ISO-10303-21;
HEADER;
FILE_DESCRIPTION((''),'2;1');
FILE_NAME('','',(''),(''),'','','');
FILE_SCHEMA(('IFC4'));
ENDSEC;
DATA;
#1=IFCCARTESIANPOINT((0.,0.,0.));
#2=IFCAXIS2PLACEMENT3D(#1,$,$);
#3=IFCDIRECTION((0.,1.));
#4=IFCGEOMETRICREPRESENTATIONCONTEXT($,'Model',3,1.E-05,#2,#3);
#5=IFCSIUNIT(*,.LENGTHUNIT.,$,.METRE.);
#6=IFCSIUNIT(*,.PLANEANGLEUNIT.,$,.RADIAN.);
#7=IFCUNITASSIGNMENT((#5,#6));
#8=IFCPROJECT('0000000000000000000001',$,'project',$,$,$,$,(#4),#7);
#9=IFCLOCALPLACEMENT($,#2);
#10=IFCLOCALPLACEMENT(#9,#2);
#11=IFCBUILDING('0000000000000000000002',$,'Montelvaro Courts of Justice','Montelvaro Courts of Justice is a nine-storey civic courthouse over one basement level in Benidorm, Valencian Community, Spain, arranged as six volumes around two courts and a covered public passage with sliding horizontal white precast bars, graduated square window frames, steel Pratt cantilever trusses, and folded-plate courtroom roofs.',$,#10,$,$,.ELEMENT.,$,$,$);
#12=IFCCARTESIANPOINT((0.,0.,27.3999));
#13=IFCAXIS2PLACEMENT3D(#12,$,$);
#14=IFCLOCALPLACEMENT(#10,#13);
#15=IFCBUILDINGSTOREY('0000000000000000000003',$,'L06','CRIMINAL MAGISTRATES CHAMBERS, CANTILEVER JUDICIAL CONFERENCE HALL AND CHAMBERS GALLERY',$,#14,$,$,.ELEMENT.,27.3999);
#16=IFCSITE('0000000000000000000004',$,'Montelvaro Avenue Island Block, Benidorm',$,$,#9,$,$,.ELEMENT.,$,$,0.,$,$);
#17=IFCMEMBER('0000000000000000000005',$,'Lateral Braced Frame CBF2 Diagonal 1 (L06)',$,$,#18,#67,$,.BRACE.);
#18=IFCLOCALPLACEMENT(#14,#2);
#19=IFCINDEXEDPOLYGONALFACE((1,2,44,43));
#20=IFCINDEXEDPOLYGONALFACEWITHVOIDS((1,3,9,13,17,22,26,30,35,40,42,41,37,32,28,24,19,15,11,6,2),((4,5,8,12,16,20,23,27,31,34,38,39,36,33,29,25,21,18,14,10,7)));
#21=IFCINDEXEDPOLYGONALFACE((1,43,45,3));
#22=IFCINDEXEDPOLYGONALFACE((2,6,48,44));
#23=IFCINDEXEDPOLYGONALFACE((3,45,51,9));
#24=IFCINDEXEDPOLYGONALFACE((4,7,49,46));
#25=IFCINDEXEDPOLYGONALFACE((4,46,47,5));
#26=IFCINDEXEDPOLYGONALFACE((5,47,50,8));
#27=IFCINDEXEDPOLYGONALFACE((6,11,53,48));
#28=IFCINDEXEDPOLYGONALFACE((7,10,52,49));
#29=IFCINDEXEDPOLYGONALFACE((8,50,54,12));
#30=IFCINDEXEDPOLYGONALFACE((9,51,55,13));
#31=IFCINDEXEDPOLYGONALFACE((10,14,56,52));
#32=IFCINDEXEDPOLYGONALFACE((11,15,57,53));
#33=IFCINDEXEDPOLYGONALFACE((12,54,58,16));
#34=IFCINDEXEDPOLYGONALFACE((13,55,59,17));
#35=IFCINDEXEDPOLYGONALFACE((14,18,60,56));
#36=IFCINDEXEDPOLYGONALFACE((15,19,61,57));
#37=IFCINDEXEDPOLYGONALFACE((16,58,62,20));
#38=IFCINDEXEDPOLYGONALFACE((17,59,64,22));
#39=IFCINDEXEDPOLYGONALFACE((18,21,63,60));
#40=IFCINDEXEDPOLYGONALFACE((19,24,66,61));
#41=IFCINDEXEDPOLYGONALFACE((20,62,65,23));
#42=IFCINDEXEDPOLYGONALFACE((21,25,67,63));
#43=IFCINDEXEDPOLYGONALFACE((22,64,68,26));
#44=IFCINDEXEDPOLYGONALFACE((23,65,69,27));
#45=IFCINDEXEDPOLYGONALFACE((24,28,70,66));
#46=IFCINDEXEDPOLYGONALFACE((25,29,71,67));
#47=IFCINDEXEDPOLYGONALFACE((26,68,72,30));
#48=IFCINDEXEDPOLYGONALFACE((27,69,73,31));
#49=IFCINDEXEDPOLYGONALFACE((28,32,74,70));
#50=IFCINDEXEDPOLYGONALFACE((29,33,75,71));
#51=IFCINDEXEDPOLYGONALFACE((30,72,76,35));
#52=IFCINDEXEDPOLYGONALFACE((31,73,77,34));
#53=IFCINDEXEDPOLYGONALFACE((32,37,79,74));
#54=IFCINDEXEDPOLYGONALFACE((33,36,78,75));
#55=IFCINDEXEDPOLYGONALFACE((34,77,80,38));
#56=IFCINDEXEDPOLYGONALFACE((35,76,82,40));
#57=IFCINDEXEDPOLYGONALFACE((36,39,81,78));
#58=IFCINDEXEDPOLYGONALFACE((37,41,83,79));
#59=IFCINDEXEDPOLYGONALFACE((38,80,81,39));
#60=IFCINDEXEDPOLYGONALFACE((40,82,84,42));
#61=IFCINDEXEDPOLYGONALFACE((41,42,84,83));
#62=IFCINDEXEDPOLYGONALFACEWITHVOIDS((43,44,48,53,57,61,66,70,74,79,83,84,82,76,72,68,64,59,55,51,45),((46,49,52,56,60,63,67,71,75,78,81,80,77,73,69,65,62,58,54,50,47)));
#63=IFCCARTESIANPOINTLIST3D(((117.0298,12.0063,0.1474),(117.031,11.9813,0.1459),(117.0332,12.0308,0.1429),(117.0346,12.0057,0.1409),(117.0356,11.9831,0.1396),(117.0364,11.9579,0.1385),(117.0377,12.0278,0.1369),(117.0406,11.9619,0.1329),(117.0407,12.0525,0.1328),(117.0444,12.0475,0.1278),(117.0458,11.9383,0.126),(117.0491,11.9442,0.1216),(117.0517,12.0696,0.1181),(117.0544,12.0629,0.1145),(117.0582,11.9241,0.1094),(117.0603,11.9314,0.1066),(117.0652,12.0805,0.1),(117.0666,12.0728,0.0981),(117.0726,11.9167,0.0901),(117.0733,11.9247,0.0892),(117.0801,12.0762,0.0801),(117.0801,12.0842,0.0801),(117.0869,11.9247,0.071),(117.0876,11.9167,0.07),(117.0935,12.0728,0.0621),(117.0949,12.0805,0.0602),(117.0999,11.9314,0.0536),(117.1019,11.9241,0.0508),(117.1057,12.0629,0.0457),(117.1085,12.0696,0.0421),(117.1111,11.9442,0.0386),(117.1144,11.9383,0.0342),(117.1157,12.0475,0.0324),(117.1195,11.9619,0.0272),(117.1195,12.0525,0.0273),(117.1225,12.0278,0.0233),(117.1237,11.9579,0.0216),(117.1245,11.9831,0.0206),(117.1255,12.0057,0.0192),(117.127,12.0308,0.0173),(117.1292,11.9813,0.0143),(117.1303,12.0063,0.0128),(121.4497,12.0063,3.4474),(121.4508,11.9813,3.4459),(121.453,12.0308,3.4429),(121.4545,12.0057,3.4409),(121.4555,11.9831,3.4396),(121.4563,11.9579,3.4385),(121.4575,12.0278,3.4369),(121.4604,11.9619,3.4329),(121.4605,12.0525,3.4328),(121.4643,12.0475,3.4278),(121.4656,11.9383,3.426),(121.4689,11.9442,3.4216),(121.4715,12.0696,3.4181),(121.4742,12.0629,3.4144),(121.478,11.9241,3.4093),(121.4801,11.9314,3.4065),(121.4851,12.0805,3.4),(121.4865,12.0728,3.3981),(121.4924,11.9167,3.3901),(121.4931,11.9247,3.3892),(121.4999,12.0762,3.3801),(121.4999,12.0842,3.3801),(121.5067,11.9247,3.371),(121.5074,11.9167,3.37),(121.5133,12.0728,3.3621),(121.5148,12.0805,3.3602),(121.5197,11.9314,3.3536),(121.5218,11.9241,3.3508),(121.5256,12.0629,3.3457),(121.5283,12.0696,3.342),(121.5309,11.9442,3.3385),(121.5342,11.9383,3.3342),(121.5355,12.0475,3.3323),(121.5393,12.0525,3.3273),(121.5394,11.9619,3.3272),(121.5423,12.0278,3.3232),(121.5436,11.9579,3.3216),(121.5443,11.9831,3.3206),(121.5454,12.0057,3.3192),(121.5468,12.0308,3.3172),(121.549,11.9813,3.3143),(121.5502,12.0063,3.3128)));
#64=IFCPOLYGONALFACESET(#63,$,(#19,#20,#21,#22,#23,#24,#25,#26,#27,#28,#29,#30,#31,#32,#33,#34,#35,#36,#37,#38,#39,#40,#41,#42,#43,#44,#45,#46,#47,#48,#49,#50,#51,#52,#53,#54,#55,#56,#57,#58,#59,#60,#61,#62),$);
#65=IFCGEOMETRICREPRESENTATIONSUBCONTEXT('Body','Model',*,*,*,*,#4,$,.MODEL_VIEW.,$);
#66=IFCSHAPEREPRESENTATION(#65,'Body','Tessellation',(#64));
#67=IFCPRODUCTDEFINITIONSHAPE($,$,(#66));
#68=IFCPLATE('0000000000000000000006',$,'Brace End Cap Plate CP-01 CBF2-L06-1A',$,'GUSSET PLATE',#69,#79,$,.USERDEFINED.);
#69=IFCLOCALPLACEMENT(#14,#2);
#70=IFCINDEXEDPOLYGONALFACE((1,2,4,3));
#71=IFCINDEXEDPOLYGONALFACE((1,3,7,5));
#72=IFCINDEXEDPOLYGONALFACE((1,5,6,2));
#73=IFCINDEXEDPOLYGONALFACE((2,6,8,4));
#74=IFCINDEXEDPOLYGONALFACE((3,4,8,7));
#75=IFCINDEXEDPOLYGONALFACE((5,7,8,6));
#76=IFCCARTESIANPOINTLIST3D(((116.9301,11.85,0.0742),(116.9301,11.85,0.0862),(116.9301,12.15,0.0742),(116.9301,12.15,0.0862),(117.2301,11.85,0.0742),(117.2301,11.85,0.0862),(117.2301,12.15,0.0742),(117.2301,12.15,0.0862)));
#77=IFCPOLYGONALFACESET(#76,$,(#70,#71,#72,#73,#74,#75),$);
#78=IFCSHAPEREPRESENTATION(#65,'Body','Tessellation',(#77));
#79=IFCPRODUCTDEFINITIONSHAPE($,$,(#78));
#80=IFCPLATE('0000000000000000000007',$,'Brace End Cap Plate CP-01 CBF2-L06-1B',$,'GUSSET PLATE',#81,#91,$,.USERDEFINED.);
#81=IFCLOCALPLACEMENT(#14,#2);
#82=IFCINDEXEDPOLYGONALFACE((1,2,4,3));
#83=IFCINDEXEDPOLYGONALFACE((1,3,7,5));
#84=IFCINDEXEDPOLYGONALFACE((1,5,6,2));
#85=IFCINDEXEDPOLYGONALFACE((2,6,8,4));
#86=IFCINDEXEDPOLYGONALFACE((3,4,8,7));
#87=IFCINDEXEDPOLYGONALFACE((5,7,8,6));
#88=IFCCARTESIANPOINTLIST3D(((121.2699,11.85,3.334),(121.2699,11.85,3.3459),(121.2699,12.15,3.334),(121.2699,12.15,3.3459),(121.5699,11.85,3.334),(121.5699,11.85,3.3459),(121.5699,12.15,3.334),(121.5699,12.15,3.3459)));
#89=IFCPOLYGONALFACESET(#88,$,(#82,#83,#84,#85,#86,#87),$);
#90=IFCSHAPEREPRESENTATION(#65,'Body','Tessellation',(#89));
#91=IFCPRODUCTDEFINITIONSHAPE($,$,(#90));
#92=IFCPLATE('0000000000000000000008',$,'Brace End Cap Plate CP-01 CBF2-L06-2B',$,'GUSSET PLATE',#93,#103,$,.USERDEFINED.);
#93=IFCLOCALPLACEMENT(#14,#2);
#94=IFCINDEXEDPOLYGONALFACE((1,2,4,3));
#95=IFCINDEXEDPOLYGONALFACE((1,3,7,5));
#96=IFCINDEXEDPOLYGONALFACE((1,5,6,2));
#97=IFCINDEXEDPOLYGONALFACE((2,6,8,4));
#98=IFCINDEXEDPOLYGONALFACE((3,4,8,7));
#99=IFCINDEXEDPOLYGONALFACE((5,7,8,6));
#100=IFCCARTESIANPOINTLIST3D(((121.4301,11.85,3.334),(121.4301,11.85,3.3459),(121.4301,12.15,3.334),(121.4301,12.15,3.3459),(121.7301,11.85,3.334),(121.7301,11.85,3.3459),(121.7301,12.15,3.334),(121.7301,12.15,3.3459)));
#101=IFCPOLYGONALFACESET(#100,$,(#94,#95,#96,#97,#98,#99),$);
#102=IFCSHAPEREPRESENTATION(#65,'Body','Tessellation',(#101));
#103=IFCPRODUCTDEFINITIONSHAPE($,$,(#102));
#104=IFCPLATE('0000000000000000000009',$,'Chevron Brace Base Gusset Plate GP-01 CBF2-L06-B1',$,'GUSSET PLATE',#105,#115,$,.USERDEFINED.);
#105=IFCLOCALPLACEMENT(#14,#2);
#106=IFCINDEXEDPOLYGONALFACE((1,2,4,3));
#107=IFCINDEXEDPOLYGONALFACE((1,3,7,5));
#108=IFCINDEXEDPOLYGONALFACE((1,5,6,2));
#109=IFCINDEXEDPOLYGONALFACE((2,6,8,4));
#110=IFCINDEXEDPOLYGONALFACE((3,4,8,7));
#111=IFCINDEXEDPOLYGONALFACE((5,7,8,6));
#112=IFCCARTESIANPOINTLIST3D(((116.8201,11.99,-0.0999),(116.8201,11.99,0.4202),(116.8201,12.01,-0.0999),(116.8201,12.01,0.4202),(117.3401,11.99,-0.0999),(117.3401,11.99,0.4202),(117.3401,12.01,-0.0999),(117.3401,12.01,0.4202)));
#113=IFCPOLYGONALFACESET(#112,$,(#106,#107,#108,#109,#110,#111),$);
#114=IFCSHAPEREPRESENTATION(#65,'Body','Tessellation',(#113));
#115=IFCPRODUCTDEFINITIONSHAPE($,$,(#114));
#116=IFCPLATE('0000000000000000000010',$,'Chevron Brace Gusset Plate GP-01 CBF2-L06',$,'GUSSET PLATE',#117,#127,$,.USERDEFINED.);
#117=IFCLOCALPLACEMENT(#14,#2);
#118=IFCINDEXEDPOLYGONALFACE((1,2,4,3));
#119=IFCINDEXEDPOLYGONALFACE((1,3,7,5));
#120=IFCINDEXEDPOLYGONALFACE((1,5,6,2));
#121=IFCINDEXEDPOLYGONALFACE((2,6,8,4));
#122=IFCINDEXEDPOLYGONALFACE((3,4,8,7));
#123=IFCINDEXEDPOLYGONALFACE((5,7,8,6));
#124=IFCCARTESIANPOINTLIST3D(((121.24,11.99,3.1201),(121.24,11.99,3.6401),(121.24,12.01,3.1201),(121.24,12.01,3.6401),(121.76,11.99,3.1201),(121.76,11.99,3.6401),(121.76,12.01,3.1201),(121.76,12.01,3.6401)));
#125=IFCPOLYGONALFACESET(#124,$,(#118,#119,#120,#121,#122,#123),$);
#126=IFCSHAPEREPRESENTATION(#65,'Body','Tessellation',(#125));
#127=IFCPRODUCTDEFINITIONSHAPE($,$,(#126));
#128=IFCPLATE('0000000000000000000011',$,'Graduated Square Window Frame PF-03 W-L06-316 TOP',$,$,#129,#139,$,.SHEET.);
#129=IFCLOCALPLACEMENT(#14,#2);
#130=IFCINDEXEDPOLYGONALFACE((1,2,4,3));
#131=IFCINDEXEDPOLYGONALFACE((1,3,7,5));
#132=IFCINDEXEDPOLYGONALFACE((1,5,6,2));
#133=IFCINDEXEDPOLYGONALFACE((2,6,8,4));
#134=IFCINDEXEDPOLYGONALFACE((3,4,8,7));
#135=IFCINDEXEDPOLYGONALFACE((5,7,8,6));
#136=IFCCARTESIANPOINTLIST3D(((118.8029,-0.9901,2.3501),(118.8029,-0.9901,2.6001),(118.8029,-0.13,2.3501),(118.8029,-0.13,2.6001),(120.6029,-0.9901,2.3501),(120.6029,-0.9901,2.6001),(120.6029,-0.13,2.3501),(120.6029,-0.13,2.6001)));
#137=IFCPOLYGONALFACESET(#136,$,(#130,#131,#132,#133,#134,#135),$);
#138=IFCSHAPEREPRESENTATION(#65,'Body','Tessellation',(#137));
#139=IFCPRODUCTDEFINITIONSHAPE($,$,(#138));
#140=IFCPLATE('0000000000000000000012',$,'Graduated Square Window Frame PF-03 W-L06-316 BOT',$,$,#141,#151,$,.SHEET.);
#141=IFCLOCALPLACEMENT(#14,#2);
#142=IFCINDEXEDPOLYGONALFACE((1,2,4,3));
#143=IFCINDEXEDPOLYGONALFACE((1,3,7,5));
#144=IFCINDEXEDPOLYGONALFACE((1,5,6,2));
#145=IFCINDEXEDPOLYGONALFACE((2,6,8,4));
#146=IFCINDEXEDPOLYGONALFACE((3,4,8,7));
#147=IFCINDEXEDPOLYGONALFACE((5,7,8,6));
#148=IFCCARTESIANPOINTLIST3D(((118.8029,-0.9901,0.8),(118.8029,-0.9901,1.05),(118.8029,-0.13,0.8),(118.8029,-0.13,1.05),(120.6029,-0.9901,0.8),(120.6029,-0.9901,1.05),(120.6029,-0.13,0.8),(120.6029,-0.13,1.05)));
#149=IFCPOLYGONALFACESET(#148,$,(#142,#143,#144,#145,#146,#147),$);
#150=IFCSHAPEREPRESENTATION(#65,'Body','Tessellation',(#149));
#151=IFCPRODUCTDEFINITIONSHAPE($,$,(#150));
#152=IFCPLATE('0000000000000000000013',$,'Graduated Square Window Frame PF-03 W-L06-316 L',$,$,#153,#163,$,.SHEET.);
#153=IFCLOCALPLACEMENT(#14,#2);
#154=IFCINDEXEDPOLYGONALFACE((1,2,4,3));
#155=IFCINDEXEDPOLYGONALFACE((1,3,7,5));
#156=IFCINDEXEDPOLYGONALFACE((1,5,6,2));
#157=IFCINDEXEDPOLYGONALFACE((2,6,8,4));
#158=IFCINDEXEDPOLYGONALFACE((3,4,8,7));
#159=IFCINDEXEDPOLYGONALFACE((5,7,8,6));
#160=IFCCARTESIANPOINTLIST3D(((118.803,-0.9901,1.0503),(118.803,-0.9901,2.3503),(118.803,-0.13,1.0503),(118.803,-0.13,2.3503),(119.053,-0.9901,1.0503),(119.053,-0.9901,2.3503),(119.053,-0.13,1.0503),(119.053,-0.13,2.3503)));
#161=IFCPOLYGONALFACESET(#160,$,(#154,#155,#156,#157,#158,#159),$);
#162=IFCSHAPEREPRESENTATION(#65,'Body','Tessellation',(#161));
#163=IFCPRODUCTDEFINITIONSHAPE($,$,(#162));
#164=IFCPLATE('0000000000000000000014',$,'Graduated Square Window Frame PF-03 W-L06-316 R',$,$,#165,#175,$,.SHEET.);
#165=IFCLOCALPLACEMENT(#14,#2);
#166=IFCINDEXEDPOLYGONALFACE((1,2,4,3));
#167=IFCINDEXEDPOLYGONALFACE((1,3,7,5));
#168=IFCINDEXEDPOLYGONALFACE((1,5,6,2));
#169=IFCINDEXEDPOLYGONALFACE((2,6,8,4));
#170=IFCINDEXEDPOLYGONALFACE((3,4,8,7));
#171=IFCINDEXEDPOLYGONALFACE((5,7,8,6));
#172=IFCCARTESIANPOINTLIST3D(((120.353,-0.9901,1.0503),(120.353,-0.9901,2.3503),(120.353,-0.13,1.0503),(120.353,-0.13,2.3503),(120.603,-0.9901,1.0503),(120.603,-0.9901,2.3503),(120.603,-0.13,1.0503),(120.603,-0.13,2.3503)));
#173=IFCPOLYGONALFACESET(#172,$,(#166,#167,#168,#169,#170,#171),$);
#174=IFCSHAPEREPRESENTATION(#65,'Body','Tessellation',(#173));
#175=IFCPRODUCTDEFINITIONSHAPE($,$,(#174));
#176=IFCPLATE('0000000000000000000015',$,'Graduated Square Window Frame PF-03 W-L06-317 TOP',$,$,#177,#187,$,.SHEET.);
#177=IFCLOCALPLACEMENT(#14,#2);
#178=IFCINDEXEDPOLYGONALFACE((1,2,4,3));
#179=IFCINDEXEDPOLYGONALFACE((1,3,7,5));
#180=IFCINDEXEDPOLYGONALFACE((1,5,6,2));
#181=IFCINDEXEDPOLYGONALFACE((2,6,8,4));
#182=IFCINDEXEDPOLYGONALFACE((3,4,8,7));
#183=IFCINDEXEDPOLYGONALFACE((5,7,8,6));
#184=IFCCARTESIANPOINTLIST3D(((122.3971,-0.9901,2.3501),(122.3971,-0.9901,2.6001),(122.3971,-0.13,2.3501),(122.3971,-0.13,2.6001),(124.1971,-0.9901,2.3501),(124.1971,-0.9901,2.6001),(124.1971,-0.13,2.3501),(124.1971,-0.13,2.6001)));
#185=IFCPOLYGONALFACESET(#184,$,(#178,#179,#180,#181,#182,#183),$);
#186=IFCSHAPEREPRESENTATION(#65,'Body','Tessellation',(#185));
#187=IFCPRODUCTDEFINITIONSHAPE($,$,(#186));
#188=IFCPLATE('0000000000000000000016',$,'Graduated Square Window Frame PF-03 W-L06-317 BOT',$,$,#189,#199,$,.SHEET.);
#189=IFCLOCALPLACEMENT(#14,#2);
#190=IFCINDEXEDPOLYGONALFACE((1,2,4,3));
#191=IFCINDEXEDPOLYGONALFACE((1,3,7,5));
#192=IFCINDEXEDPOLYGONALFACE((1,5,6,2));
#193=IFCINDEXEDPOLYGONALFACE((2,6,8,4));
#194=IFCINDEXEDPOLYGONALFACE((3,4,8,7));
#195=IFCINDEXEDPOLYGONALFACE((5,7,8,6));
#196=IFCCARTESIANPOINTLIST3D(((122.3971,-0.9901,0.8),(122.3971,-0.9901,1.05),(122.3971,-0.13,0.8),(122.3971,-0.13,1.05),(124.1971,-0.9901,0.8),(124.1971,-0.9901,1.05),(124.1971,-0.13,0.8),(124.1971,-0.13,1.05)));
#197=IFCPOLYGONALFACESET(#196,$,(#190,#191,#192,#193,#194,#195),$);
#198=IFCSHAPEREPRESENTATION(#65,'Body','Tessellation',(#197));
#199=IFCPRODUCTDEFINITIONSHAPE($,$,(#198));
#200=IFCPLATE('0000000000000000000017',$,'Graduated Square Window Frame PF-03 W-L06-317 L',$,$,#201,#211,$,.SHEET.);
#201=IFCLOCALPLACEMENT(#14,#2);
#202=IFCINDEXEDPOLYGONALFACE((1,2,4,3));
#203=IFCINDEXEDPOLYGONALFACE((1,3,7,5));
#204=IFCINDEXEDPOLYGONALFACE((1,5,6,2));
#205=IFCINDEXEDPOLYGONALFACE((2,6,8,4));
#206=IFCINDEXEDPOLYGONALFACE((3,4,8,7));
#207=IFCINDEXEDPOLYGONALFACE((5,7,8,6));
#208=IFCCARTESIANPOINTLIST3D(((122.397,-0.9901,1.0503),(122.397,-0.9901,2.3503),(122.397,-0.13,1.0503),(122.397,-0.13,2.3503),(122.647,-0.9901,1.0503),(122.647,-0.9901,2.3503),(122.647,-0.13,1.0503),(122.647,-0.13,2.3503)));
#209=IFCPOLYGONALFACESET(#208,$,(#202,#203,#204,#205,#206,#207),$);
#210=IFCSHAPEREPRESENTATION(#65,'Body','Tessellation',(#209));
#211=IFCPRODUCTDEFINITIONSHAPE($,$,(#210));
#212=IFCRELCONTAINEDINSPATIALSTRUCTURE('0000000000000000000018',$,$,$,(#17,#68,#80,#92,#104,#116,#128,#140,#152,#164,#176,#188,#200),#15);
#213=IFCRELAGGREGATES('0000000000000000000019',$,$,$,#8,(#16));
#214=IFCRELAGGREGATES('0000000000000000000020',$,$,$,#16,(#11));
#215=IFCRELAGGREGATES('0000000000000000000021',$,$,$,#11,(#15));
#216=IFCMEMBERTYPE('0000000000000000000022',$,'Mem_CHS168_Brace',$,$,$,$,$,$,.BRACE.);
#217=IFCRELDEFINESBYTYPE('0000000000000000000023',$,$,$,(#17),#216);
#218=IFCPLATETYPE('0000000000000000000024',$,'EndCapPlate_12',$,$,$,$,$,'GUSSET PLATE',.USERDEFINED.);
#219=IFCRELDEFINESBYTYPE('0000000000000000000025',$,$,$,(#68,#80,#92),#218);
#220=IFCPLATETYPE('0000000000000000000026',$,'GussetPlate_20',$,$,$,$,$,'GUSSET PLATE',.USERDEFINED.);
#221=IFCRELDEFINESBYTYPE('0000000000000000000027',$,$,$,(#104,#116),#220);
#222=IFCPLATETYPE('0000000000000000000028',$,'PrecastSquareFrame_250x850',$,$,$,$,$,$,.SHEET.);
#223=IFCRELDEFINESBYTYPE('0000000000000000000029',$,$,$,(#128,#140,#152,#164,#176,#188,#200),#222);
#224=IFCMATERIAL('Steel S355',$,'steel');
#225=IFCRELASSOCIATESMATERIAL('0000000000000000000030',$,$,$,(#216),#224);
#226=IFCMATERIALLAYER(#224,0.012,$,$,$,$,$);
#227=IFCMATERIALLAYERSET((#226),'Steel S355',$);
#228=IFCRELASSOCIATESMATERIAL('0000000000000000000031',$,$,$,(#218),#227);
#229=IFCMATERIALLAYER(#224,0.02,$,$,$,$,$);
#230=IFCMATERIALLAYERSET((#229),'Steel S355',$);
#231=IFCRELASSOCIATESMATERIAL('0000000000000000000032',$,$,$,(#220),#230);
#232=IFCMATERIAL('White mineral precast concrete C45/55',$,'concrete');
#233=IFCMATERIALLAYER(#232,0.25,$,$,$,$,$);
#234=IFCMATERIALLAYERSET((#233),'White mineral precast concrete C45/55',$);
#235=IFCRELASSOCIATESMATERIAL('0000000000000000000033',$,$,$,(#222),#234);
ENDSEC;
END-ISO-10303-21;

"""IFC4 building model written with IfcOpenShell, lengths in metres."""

from ifc_helpers import new_model, si_unit, direction, frame, origin, origin_2d, place, context, subcontext, project, spatial, rectangle, hollow_circle, extrude, material, layer, layer_set, material_profile, profile_set, type_object, element, save


model = new_model("IFC4")

# Units and contexts
model_context = context("Model", 3, precision=1e-05, world=origin(), true_north=direction((0.0, 1.0)))
body_context = subcontext(model_context, "Body", "Model", "MODEL_VIEW")
ifc_project = project(units=[si_unit("LENGTHUNIT", "METRE"), si_unit("PLANEANGLEUNIT", "RADIAN")], contexts=[model_context])

# Site, building, storey
site_placement = place(None, origin())
site = spatial("IfcSite", under=ifc_project, at=site_placement, Name="Montelvaro Avenue Island Block, Benidorm", CompositionType="ELEMENT", RefElevation=0.0)
building_placement = place(site_placement, origin())
building = spatial("IfcBuilding", under=site, at=building_placement, Name="Montelvaro Courts of Justice", Description="Montelvaro Courts of Justice is a nine-storey civic courthouse over one basement level in Benidorm, Valencian Community, Spain, arranged as six volumes around two courts and a covered public passage with sliding horizontal white precast bars, graduated square window frames, steel Pratt cantilever trusses, and folded-plate courtroom roofs.", CompositionType="ELEMENT")
storey_placement = place(building_placement, frame((0.0, 0.0, 27.3999)))
storey = spatial("IfcBuildingStorey", under=building, at=storey_placement, Name="L06", Description="CRIMINAL MAGISTRATES CHAMBERS, CANTILEVER JUDICIAL CONFERENCE HALL AND CHAMBERS GALLERY", CompositionType="ELEMENT", Elevation=27.3999)

# Shared definitions
ifc_material_1 = material(Name="Steel S355", Category="steel")

# Member
ifc_material_profile_1 = material_profile(ifc_material_1, hollow_circle(Radius=0.0842, WallThickness=0.0081, at=origin_2d()), Name="CHS 168.3x8")
ifc_profile_set_1 = profile_set([ifc_material_profile_1], Name="Steel S355")
member_type = type_object("IfcMemberType", Name="Mem_CHS168_Brace", PredefinedType="BRACE", material=ifc_profile_set_1)
member_placement = place(storey_placement, frame((117.0801, 12.0, 0.0801), z_axis=(0.801294, 0.0, 0.598271), x_axis=(0.0, 1.0, 0.0)))
element("IfcMember", 1, at=member_placement, inside=storey, type_object=member_type, Name="Lateral Braced Frame CBF2 Diagonal 1 (L06)", PredefinedType="BRACE", context=body_context, shape_type="SweptSolid", body=[
    extrude(hollow_circle(Radius=0.0842, WallThickness=0.0081, at=origin_2d()), origin(), (0.0, 0.0, 1.0), 5.5159),
])

# Plates
ifc_layer_1 = layer(ifc_material_1, 0.012)
ifc_layer_set_1 = layer_set([ifc_layer_1], Name="Steel S355")
plate_type_1 = type_object("IfcPlateType", Name="EndCapPlate_12", ElementType="GUSSET PLATE", PredefinedType="USERDEFINED", material=ifc_layer_set_1)
for number, where, z_axis, x_axis, name in (
    (2, (117.0801, 12.0, 0.0742), (0.0, 0.0, 1.0), (1.0, 0.0, 0.0), "Brace End Cap Plate CP-01 CBF2-L06-1A"),
    (3, (121.4199, 12.0, 3.334), (0.0, 0.0, 1.0), (1.0, 0.0, 0.0), "Brace End Cap Plate CP-01 CBF2-L06-1B"),
    (4, (121.5801, 12.0, 3.334), (0.0, 0.0, 1.0), (1.0, 0.0, 0.0), "Brace End Cap Plate CP-01 CBF2-L06-2B"),
):
    element("IfcPlate", number, at=place(storey_placement, frame(where, z_axis=z_axis, x_axis=x_axis)), inside=storey, type_object=plate_type_1, Name=name, ObjectType="GUSSET PLATE", PredefinedType="USERDEFINED", context=body_context, shape_type="SweptSolid", body=[
        extrude(rectangle(XDim=0.3, YDim=0.3, at=origin_2d()), origin(), (0.0, 0.0, 1.0), 0.012),
    ])
ifc_layer_2 = layer(ifc_material_1, 0.02)
ifc_layer_set_2 = layer_set([ifc_layer_2], Name="Steel S355")
plate_type_2 = type_object("IfcPlateType", Name="GussetPlate_20", ElementType="GUSSET PLATE", PredefinedType="USERDEFINED", material=ifc_layer_set_2)
for number, where, z_axis, x_axis, name in (
    (5, (117.0801, 12.0, -0.0999), (0.0, 0.0, 1.0), (1.0, 0.0, 0.0), "Chevron Brace Base Gusset Plate GP-01 CBF2-L06-B1"),
    (6, (121.5, 12.0, 3.1201), (0.0, 0.0, 1.0), (1.0, 0.0, 0.0), "Chevron Brace Gusset Plate GP-01 CBF2-L06"),
):
    element("IfcPlate", number, at=place(storey_placement, frame(where, z_axis=z_axis, x_axis=x_axis)), inside=storey, type_object=plate_type_2, Name=name, ObjectType="GUSSET PLATE", PredefinedType="USERDEFINED", context=body_context, shape_type="SweptSolid", body=[
        extrude(rectangle(XDim=0.52, YDim=0.02, at=origin_2d()), origin(), (0.0, 0.0, 1.0), 0.52),
    ])
ifc_material_2 = material(Name="White mineral precast concrete C45/55", Category="concrete")
ifc_layer_3 = layer(ifc_material_2, 0.25)
ifc_layer_set_3 = layer_set([ifc_layer_3], Name="White mineral precast concrete C45/55")
plate_type_3 = type_object("IfcPlateType", Name="PrecastSquareFrame_250x850", PredefinedType="SHEET", material=ifc_layer_set_3)
for number, where, z_axis, x_axis, name in (
    (7, (119.7029, -0.5601, 2.3501), (0.0, 0.0, 1.0), (1.0, 0.0, 0.0), "Graduated Square Window Frame PF-03 W-L06-316 TOP"),
    (8, (119.7029, -0.5601, 0.8), (0.0, 0.0, 1.0), (1.0, 0.0, 0.0), "Graduated Square Window Frame PF-03 W-L06-316 BOT"),
):
    element("IfcPlate", number, at=place(storey_placement, frame(where, z_axis=z_axis, x_axis=x_axis)), inside=storey, type_object=plate_type_3, Name=name, PredefinedType="SHEET", context=body_context, shape_type="SweptSolid", body=[
        extrude(rectangle(XDim=1.8, YDim=0.8601, at=origin_2d()), origin(), (0.0, 0.0, 1.0), 0.25),
    ])
for number, where, z_axis, x_axis, name in (
    (9, (118.928, -0.5601, 1.0503), (0.0, 0.0, 1.0), (1.0, 0.0, 0.0), "Graduated Square Window Frame PF-03 W-L06-316 L"),
    (10, (120.478, -0.5601, 1.0503), (0.0, 0.0, 1.0), (1.0, 0.0, 0.0), "Graduated Square Window Frame PF-03 W-L06-316 R"),
):
    element("IfcPlate", number, at=place(storey_placement, frame(where, z_axis=z_axis, x_axis=x_axis)), inside=storey, type_object=plate_type_3, Name=name, PredefinedType="SHEET", context=body_context, shape_type="SweptSolid", body=[
        extrude(rectangle(XDim=0.25, YDim=0.8601, at=origin_2d()), origin(), (0.0, 0.0, 1.0), 1.3),
    ])
for number, where, z_axis, x_axis, name in (
    (11, (123.2971, -0.5601, 2.3501), (0.0, 0.0, 1.0), (1.0, 0.0, 0.0), "Graduated Square Window Frame PF-03 W-L06-317 TOP"),
    (12, (123.2971, -0.5601, 0.8), (0.0, 0.0, 1.0), (1.0, 0.0, 0.0), "Graduated Square Window Frame PF-03 W-L06-317 BOT"),
):
    element("IfcPlate", number, at=place(storey_placement, frame(where, z_axis=z_axis, x_axis=x_axis)), inside=storey, type_object=plate_type_3, Name=name, PredefinedType="SHEET", context=body_context, shape_type="SweptSolid", body=[
        extrude(rectangle(XDim=1.8, YDim=0.8601, at=origin_2d()), origin(), (0.0, 0.0, 1.0), 0.25),
    ])
plate_1_placement = place(storey_placement, frame((122.522, -0.5601, 1.0503), z_axis=(0.0, 0.0, 1.0), x_axis=(1.0, 0.0, 0.0)))
element("IfcPlate", 13, at=plate_1_placement, inside=storey, type_object=plate_type_3, Name="Graduated Square Window Frame PF-03 W-L06-317 L", PredefinedType="SHEET", context=body_context, shape_type="SweptSolid", body=[
    extrude(rectangle(XDim=0.25, YDim=0.8601, at=origin_2d()), origin(), (0.0, 0.0, 1.0), 1.3),
])

save(model, "model.ifc")
